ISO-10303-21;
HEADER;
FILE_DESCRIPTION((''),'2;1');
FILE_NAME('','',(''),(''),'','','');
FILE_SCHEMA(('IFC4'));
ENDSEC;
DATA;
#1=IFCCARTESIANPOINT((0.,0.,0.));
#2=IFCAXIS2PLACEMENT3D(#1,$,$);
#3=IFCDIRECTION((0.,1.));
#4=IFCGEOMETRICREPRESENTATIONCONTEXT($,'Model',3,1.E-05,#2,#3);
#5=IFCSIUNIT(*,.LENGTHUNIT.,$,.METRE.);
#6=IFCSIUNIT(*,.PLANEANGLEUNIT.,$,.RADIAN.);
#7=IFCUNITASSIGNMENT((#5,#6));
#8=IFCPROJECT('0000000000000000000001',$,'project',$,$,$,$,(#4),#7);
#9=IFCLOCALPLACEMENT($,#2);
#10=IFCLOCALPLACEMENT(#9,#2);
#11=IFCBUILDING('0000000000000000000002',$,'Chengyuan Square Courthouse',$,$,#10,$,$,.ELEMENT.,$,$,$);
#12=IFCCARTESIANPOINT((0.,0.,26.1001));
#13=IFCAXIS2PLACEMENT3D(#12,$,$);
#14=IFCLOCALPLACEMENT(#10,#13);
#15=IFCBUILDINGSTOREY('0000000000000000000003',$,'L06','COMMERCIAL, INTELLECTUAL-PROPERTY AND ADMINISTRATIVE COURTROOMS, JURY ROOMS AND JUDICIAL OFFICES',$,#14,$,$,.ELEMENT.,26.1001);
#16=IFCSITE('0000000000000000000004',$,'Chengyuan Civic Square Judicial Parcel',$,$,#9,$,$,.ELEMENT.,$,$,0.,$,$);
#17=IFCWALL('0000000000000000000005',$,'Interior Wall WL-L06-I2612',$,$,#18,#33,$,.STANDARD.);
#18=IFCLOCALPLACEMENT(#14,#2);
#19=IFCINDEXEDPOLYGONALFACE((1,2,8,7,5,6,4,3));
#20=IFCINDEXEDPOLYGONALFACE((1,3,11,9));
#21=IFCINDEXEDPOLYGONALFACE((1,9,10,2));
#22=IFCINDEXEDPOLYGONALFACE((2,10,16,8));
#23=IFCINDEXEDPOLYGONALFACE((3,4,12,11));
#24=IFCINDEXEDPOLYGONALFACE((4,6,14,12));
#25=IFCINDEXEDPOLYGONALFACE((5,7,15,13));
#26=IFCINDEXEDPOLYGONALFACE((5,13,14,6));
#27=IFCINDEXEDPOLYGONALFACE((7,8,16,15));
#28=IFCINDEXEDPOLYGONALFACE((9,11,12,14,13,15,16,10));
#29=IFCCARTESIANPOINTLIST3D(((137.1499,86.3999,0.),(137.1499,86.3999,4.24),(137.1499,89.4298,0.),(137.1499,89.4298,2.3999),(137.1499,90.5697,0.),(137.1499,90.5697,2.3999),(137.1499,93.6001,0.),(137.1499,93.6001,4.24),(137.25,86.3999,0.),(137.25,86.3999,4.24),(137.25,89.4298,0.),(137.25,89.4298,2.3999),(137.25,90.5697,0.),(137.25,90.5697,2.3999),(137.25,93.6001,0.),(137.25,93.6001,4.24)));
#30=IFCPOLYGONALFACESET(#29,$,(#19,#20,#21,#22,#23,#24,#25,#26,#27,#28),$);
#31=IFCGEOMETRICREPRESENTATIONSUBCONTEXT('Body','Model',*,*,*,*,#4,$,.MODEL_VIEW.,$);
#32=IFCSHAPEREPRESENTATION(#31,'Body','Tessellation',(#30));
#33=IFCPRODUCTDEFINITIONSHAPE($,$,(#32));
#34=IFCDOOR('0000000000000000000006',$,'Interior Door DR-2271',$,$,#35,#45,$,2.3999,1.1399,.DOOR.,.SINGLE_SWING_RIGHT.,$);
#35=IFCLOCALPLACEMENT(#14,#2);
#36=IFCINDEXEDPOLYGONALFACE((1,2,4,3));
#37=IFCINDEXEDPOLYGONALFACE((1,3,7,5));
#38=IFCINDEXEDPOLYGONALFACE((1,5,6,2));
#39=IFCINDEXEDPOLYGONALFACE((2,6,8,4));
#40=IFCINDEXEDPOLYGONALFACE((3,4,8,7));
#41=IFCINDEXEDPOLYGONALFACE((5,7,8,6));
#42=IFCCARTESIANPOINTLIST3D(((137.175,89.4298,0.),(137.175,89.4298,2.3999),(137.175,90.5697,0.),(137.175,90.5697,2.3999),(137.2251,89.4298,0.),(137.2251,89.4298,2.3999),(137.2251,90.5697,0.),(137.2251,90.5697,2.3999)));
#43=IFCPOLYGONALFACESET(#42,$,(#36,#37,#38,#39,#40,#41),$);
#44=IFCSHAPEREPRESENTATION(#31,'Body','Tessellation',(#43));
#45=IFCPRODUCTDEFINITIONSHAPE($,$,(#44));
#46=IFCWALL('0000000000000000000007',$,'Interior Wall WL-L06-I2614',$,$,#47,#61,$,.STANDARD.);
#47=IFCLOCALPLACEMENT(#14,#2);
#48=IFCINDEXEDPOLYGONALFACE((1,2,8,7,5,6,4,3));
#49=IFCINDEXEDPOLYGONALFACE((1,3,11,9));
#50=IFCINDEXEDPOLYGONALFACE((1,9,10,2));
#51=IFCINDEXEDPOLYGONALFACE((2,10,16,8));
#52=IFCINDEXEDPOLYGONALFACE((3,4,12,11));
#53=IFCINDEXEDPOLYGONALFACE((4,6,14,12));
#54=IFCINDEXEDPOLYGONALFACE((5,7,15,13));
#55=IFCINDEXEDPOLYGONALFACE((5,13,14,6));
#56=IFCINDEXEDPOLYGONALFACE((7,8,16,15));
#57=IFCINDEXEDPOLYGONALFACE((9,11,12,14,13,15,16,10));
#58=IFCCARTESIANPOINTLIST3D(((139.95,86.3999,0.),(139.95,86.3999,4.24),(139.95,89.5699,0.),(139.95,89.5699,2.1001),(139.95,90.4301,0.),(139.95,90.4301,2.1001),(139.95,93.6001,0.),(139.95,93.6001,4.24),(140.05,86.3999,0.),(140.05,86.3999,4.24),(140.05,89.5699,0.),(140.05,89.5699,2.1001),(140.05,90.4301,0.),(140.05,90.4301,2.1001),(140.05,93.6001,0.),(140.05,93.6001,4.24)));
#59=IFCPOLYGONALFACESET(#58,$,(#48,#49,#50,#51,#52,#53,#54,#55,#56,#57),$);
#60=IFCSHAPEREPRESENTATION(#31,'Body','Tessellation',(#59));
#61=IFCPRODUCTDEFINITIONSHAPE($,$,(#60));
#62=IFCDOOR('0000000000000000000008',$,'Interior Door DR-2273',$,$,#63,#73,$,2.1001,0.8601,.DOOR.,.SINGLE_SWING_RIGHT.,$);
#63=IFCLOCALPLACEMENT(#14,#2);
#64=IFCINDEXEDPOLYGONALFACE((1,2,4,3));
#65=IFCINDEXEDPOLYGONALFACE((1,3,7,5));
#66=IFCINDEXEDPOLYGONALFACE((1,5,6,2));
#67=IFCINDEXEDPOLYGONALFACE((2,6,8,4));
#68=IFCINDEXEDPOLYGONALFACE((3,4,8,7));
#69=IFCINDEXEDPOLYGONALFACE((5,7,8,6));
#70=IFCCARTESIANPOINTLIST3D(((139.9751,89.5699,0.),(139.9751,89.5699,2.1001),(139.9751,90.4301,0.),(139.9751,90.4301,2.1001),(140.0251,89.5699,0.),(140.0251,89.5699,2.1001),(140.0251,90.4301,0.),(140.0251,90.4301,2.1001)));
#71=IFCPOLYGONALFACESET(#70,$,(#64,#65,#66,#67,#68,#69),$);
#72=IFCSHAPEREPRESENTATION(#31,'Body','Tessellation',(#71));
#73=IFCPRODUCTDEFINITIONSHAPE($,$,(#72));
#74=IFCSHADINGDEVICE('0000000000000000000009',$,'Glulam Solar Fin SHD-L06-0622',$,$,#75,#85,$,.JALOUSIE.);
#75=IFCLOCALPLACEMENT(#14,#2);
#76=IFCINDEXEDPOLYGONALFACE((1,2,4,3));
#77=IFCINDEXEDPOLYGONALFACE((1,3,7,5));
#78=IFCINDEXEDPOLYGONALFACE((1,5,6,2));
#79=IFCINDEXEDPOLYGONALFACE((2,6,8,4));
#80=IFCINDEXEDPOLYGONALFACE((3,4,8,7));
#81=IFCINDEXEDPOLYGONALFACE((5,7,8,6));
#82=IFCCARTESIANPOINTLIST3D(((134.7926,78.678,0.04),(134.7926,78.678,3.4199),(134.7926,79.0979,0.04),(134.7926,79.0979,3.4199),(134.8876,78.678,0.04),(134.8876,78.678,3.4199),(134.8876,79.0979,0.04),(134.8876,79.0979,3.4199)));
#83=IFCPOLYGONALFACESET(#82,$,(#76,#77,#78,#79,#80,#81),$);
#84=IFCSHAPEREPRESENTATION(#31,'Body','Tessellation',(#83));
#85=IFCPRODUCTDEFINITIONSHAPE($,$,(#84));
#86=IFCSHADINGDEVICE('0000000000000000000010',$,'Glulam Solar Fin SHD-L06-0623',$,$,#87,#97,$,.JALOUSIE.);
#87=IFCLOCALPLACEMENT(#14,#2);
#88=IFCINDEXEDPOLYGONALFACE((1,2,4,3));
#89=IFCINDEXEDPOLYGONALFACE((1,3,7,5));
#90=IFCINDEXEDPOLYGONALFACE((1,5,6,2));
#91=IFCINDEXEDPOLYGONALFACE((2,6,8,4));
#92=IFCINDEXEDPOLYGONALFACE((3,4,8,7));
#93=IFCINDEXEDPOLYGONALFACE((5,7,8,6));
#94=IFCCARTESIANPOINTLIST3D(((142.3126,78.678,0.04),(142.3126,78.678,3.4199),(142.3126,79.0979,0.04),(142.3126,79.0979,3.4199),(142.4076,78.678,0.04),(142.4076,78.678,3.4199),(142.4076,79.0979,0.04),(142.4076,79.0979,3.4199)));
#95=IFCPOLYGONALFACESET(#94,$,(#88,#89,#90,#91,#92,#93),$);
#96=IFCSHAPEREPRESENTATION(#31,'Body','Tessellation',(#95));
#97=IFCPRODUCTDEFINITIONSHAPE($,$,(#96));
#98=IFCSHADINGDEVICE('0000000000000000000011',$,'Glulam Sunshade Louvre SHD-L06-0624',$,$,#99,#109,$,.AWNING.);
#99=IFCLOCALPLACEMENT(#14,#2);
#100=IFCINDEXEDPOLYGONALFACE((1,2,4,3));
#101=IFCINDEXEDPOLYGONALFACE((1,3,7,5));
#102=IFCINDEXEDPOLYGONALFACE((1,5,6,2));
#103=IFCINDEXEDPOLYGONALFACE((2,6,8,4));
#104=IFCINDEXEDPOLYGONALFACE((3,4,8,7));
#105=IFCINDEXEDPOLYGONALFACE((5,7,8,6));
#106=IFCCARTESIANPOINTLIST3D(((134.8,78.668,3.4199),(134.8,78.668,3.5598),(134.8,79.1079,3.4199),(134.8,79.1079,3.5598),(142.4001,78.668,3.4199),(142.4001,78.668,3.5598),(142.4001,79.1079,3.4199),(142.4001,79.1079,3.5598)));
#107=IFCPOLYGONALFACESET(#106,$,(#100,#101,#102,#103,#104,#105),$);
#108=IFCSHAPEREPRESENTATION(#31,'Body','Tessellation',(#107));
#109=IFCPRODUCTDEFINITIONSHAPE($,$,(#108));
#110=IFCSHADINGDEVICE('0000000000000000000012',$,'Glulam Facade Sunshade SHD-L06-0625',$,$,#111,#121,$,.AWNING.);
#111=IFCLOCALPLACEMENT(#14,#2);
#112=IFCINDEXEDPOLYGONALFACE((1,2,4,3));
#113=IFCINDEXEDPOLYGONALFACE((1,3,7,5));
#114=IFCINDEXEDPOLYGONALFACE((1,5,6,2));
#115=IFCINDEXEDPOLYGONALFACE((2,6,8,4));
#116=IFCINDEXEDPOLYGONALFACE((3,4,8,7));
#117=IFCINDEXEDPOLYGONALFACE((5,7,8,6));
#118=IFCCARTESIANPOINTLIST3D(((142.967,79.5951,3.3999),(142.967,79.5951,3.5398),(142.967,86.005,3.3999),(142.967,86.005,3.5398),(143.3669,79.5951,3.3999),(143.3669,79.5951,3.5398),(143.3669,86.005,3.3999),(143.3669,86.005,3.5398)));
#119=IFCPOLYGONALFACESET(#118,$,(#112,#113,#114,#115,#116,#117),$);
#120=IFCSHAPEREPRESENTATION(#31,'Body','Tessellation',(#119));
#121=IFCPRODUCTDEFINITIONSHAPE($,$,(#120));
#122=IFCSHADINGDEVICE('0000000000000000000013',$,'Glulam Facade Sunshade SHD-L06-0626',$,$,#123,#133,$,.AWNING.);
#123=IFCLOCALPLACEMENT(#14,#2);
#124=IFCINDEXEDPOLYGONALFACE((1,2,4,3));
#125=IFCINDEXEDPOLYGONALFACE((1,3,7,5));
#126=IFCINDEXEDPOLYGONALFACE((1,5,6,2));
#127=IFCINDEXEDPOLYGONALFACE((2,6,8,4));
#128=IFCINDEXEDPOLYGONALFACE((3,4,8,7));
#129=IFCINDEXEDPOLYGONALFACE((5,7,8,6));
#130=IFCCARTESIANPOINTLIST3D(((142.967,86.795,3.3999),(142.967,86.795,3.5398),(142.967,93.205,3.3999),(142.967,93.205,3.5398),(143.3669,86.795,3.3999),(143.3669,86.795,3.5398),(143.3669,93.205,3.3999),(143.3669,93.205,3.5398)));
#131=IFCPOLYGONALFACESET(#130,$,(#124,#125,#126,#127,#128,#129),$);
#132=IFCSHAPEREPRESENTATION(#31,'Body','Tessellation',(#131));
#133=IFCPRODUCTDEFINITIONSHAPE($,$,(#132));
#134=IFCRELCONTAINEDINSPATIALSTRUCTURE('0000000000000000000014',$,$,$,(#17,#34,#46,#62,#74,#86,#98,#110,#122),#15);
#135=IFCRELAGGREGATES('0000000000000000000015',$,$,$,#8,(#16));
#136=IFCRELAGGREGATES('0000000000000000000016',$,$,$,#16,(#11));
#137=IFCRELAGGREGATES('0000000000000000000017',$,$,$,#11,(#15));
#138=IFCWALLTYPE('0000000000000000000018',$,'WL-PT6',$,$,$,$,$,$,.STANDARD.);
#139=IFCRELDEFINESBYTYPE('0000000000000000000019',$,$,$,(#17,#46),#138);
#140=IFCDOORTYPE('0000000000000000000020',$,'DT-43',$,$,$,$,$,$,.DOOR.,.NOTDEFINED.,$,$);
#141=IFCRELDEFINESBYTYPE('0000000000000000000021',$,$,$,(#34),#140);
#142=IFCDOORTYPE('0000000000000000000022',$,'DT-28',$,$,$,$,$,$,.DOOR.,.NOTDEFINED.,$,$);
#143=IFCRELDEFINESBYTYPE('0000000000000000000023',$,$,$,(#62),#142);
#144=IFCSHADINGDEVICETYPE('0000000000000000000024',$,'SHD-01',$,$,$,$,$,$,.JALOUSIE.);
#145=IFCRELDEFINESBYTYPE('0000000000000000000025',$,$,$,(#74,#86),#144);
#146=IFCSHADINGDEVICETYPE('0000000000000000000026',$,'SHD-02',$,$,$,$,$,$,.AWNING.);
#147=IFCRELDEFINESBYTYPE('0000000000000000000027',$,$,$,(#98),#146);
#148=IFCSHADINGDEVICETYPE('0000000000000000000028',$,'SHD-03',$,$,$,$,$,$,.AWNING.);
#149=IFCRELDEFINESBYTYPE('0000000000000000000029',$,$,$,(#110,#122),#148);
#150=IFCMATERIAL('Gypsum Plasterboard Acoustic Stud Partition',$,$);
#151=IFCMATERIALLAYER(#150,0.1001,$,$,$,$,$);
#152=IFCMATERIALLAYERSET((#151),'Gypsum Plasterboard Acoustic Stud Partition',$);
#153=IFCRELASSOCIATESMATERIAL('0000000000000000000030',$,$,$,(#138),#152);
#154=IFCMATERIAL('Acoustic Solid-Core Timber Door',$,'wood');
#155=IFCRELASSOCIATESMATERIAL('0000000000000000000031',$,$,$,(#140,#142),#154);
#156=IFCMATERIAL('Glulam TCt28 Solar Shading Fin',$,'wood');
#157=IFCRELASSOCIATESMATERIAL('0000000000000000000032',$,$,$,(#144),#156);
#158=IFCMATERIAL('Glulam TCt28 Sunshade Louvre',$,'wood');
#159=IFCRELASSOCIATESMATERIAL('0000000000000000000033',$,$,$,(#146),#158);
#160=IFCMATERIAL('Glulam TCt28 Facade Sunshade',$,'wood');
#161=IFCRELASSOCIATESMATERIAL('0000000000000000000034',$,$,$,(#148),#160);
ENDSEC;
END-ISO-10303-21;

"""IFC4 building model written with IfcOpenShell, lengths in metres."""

from ifc_helpers import new_model, si_unit, direction, frame, frame_2d, origin, origin_2d, place, context, subcontext, project, spatial, rectangle, extrude, material, layer, layer_set, type_object, element, fill, save


model = new_model("IFC4")

# Units and contexts
model_context = context("Model", 3, precision=1e-05, world=origin(), true_north=direction((0.0, 1.0)))
body_context = subcontext(model_context, "Body", "Model", "MODEL_VIEW")
ifc_project = project(units=[si_unit("LENGTHUNIT", "METRE"), si_unit("PLANEANGLEUNIT", "RADIAN")], contexts=[model_context])

# Site, building, storey
site_placement = place(None, origin())
site = spatial("IfcSite", under=ifc_project, at=site_placement, Name="Chengyuan Civic Square Judicial Parcel", CompositionType="ELEMENT", RefElevation=0.0)
building_placement = place(site_placement, origin())
building = spatial("IfcBuilding", under=site, at=building_placement, Name="Chengyuan Square Courthouse", CompositionType="ELEMENT")
storey_placement = place(building_placement, frame((0.0, 0.0, 26.1001)))
storey = spatial("IfcBuildingStorey", under=building, at=storey_placement, Name="L06", Description="COMMERCIAL, INTELLECTUAL-PROPERTY AND ADMINISTRATIVE COURTROOMS, JURY ROOMS AND JUDICIAL OFFICES", CompositionType="ELEMENT", Elevation=26.1001)

# Shared definitions
ifc_material_1 = material(Name="Gypsum Plasterboard Acoustic Stud Partition")
ifc_layer_1 = layer(ifc_material_1, 0.1001)
ifc_layer_set_1 = layer_set([ifc_layer_1], Name="Gypsum Plasterboard Acoustic Stud Partition")
wall_type_1 = type_object("IfcWallType", Name="WL-PT6", PredefinedType="STANDARD", material=ifc_layer_set_1)

# Walls, openings, doors
wall_1_placement = place(storey_placement, frame((137.2, 86.3999, 0.0), z_axis=(0.0, 0.0, 1.0), x_axis=(0.0, 1.0, 0.0)))
wall_1 = element("IfcWall", 1, at=wall_1_placement, inside=storey, type_object=wall_type_1, Name="Interior Wall WL-L06-I2612", PredefinedType="STANDARD", context=body_context, shape_type="SweptSolid", body=[
    extrude(rectangle(XDim=7.2002, YDim=0.1001, at=frame_2d((3.6001, 0.0))), origin(), (0.0, 0.0, 1.0), 4.24),
])
opening_1_placement = place(wall_1_placement, frame((3.03, 0.0, 0.0)))
opening_1 = element("IfcOpeningElement", 2, at=opening_1_placement, cuts=wall_1, PredefinedType="OPENING", context=body_context, shape_type="SweptSolid", body=[
    extrude(rectangle(XDim=1.1399, YDim=2.3999, at=frame_2d((0.5698, 1.2))), frame((0.0, 0.062, 0.0), z_axis=(0.0, -1.0, 0.0), x_axis=(1.0, 0.0, 0.0)), (0.0, 0.0, 1.0), 0.124),
])
ifc_material_2 = material(Name="Acoustic Solid-Core Timber Door", Category="wood")
door_type_1 = type_object("IfcDoorType", Name="DT-43", OperationType="NOTDEFINED", PredefinedType="DOOR", material=ifc_material_2)
door_1_placement = place(opening_1_placement, origin())
door_1 = element("IfcDoor", 3, at=door_1_placement, inside=storey, type_object=door_type_1, Name="Interior Door DR-2271", OperationType="SINGLE_SWING_RIGHT", OverallHeight=2.3999, OverallWidth=1.1399, PredefinedType="DOOR", context=body_context, shape_type="SweptSolid", body=[
    extrude(rectangle(XDim=1.1399, YDim=2.3999, at=frame_2d((0.5698, 1.2))), frame((0.0, 0.0249, 0.0), z_axis=(0.0, -1.0, 0.0), x_axis=(1.0, 0.0, 0.0)), (0.0, 0.0, 1.0), 0.05),
])
fill(opening_1, door_1)
wall_2_placement = place(storey_placement, frame((140.0, 86.3999, 0.0), z_axis=(0.0, 0.0, 1.0), x_axis=(0.0, 1.0, 0.0)))
wall_2 = element("IfcWall", 4, at=wall_2_placement, inside=storey, type_object=wall_type_1, Name="Interior Wall WL-L06-I2614", PredefinedType="STANDARD", context=body_context, shape_type="SweptSolid", body=[
    extrude(rectangle(XDim=7.2002, YDim=0.1001, at=frame_2d((3.6001, 0.0))), origin(), (0.0, 0.0, 1.0), 4.24),
])
opening_2_placement = place(wall_2_placement, frame((3.1699, 0.0, 0.0)))
opening_2 = element("IfcOpeningElement", 5, at=opening_2_placement, cuts=wall_2, PredefinedType="OPENING", context=body_context, shape_type="SweptSolid", body=[
    extrude(rectangle(XDim=0.8601, YDim=2.1001, at=frame_2d((0.4302, 1.05))), frame((0.0, 0.062, 0.0), z_axis=(0.0, -1.0, 0.0), x_axis=(1.0, 0.0, 0.0)), (0.0, 0.0, 1.0), 0.124),
])
door_type_2 = type_object("IfcDoorType", Name="DT-28", OperationType="NOTDEFINED", PredefinedType="DOOR", material=ifc_material_2)
door_2_placement = place(opening_2_placement, origin())
door_2 = element("IfcDoor", 6, at=door_2_placement, inside=storey, type_object=door_type_2, Name="Interior Door DR-2273", OperationType="SINGLE_SWING_RIGHT", OverallHeight=2.1001, OverallWidth=0.8601, PredefinedType="DOOR", context=body_context, shape_type="SweptSolid", body=[
    extrude(rectangle(XDim=0.8601, YDim=2.1001, at=frame_2d((0.4302, 1.05))), frame((0.0, 0.0249, 0.0), z_axis=(0.0, -1.0, 0.0), x_axis=(1.0, 0.0, 0.0)), (0.0, 0.0, 1.0), 0.05),
])
fill(opening_2, door_2)

# Shading devices
ifc_material_3 = material(Name="Glulam TCt28 Solar Shading Fin", Category="wood")
shading_device_type_1 = type_object("IfcShadingDeviceType", Name="SHD-01", PredefinedType="JALOUSIE", material=ifc_material_3)
for number, where, z_axis, x_axis, name in (
    (7, (134.8401, 78.8879, 0.04), (0.0, 0.0, 1.0), (0.0, 1.0, 0.0), "Glulam Solar Fin SHD-L06-0622"),
    (8, (142.3601, 78.8879, 0.04), (0.0, 0.0, 1.0), (0.0, 1.0, 0.0), "Glulam Solar Fin SHD-L06-0623"),
):
    element("IfcShadingDevice", number, at=place(storey_placement, frame(where, z_axis=z_axis, x_axis=x_axis)), inside=storey, type_object=shading_device_type_1, Name=name, PredefinedType="JALOUSIE", context=body_context, shape_type="SweptSolid", body=[
        extrude(rectangle(XDim=0.4199, YDim=0.095, at=origin_2d()), origin(), (0.0, 0.0, 1.0), 3.3799),
    ])
ifc_material_4 = material(Name="Glulam TCt28 Sunshade Louvre", Category="wood")
shading_device_type_2 = type_object("IfcShadingDeviceType", Name="SHD-02", PredefinedType="AWNING", material=ifc_material_4)
shading_device_placement = place(storey_placement, frame((138.6001, 78.8879, 3.4199), z_axis=(0.0, 0.0, 1.0), x_axis=(1.0, 0.0, 0.0)))
element("IfcShadingDevice", 9, at=shading_device_placement, inside=storey, type_object=shading_device_type_2, Name="Glulam Sunshade Louvre SHD-L06-0624", PredefinedType="AWNING", context=body_context, shape_type="SweptSolid", body=[
    extrude(rectangle(XDim=7.6001, YDim=0.4399, at=origin_2d()), origin(), (0.0, 0.0, 1.0), 0.1399),
])
ifc_material_5 = material(Name="Glulam TCt28 Facade Sunshade", Category="wood")
shading_device_type_3 = type_object("IfcShadingDeviceType", Name="SHD-03", PredefinedType="AWNING", material=ifc_material_5)
for number, where, z_axis, x_axis, name in (
    (10, (143.167, 82.8, 3.3999), (0.0, 0.0, 1.0), (0.0, 1.0, 0.0), "Glulam Facade Sunshade SHD-L06-0625"),
    (11, (143.167, 90.0, 3.3999), (0.0, 0.0, 1.0), (0.0, 1.0, 0.0), "Glulam Facade Sunshade SHD-L06-0626"),
):
    element("IfcShadingDevice", number, at=place(storey_placement, frame(where, z_axis=z_axis, x_axis=x_axis)), inside=storey, type_object=shading_device_type_3, Name=name, PredefinedType="AWNING", context=body_context, shape_type="SweptSolid", body=[
        extrude(rectangle(XDim=6.4099, YDim=0.3999, at=origin_2d()), origin(), (0.0, 0.0, 1.0), 0.1399),
    ])

save(model, "model.ifc")
